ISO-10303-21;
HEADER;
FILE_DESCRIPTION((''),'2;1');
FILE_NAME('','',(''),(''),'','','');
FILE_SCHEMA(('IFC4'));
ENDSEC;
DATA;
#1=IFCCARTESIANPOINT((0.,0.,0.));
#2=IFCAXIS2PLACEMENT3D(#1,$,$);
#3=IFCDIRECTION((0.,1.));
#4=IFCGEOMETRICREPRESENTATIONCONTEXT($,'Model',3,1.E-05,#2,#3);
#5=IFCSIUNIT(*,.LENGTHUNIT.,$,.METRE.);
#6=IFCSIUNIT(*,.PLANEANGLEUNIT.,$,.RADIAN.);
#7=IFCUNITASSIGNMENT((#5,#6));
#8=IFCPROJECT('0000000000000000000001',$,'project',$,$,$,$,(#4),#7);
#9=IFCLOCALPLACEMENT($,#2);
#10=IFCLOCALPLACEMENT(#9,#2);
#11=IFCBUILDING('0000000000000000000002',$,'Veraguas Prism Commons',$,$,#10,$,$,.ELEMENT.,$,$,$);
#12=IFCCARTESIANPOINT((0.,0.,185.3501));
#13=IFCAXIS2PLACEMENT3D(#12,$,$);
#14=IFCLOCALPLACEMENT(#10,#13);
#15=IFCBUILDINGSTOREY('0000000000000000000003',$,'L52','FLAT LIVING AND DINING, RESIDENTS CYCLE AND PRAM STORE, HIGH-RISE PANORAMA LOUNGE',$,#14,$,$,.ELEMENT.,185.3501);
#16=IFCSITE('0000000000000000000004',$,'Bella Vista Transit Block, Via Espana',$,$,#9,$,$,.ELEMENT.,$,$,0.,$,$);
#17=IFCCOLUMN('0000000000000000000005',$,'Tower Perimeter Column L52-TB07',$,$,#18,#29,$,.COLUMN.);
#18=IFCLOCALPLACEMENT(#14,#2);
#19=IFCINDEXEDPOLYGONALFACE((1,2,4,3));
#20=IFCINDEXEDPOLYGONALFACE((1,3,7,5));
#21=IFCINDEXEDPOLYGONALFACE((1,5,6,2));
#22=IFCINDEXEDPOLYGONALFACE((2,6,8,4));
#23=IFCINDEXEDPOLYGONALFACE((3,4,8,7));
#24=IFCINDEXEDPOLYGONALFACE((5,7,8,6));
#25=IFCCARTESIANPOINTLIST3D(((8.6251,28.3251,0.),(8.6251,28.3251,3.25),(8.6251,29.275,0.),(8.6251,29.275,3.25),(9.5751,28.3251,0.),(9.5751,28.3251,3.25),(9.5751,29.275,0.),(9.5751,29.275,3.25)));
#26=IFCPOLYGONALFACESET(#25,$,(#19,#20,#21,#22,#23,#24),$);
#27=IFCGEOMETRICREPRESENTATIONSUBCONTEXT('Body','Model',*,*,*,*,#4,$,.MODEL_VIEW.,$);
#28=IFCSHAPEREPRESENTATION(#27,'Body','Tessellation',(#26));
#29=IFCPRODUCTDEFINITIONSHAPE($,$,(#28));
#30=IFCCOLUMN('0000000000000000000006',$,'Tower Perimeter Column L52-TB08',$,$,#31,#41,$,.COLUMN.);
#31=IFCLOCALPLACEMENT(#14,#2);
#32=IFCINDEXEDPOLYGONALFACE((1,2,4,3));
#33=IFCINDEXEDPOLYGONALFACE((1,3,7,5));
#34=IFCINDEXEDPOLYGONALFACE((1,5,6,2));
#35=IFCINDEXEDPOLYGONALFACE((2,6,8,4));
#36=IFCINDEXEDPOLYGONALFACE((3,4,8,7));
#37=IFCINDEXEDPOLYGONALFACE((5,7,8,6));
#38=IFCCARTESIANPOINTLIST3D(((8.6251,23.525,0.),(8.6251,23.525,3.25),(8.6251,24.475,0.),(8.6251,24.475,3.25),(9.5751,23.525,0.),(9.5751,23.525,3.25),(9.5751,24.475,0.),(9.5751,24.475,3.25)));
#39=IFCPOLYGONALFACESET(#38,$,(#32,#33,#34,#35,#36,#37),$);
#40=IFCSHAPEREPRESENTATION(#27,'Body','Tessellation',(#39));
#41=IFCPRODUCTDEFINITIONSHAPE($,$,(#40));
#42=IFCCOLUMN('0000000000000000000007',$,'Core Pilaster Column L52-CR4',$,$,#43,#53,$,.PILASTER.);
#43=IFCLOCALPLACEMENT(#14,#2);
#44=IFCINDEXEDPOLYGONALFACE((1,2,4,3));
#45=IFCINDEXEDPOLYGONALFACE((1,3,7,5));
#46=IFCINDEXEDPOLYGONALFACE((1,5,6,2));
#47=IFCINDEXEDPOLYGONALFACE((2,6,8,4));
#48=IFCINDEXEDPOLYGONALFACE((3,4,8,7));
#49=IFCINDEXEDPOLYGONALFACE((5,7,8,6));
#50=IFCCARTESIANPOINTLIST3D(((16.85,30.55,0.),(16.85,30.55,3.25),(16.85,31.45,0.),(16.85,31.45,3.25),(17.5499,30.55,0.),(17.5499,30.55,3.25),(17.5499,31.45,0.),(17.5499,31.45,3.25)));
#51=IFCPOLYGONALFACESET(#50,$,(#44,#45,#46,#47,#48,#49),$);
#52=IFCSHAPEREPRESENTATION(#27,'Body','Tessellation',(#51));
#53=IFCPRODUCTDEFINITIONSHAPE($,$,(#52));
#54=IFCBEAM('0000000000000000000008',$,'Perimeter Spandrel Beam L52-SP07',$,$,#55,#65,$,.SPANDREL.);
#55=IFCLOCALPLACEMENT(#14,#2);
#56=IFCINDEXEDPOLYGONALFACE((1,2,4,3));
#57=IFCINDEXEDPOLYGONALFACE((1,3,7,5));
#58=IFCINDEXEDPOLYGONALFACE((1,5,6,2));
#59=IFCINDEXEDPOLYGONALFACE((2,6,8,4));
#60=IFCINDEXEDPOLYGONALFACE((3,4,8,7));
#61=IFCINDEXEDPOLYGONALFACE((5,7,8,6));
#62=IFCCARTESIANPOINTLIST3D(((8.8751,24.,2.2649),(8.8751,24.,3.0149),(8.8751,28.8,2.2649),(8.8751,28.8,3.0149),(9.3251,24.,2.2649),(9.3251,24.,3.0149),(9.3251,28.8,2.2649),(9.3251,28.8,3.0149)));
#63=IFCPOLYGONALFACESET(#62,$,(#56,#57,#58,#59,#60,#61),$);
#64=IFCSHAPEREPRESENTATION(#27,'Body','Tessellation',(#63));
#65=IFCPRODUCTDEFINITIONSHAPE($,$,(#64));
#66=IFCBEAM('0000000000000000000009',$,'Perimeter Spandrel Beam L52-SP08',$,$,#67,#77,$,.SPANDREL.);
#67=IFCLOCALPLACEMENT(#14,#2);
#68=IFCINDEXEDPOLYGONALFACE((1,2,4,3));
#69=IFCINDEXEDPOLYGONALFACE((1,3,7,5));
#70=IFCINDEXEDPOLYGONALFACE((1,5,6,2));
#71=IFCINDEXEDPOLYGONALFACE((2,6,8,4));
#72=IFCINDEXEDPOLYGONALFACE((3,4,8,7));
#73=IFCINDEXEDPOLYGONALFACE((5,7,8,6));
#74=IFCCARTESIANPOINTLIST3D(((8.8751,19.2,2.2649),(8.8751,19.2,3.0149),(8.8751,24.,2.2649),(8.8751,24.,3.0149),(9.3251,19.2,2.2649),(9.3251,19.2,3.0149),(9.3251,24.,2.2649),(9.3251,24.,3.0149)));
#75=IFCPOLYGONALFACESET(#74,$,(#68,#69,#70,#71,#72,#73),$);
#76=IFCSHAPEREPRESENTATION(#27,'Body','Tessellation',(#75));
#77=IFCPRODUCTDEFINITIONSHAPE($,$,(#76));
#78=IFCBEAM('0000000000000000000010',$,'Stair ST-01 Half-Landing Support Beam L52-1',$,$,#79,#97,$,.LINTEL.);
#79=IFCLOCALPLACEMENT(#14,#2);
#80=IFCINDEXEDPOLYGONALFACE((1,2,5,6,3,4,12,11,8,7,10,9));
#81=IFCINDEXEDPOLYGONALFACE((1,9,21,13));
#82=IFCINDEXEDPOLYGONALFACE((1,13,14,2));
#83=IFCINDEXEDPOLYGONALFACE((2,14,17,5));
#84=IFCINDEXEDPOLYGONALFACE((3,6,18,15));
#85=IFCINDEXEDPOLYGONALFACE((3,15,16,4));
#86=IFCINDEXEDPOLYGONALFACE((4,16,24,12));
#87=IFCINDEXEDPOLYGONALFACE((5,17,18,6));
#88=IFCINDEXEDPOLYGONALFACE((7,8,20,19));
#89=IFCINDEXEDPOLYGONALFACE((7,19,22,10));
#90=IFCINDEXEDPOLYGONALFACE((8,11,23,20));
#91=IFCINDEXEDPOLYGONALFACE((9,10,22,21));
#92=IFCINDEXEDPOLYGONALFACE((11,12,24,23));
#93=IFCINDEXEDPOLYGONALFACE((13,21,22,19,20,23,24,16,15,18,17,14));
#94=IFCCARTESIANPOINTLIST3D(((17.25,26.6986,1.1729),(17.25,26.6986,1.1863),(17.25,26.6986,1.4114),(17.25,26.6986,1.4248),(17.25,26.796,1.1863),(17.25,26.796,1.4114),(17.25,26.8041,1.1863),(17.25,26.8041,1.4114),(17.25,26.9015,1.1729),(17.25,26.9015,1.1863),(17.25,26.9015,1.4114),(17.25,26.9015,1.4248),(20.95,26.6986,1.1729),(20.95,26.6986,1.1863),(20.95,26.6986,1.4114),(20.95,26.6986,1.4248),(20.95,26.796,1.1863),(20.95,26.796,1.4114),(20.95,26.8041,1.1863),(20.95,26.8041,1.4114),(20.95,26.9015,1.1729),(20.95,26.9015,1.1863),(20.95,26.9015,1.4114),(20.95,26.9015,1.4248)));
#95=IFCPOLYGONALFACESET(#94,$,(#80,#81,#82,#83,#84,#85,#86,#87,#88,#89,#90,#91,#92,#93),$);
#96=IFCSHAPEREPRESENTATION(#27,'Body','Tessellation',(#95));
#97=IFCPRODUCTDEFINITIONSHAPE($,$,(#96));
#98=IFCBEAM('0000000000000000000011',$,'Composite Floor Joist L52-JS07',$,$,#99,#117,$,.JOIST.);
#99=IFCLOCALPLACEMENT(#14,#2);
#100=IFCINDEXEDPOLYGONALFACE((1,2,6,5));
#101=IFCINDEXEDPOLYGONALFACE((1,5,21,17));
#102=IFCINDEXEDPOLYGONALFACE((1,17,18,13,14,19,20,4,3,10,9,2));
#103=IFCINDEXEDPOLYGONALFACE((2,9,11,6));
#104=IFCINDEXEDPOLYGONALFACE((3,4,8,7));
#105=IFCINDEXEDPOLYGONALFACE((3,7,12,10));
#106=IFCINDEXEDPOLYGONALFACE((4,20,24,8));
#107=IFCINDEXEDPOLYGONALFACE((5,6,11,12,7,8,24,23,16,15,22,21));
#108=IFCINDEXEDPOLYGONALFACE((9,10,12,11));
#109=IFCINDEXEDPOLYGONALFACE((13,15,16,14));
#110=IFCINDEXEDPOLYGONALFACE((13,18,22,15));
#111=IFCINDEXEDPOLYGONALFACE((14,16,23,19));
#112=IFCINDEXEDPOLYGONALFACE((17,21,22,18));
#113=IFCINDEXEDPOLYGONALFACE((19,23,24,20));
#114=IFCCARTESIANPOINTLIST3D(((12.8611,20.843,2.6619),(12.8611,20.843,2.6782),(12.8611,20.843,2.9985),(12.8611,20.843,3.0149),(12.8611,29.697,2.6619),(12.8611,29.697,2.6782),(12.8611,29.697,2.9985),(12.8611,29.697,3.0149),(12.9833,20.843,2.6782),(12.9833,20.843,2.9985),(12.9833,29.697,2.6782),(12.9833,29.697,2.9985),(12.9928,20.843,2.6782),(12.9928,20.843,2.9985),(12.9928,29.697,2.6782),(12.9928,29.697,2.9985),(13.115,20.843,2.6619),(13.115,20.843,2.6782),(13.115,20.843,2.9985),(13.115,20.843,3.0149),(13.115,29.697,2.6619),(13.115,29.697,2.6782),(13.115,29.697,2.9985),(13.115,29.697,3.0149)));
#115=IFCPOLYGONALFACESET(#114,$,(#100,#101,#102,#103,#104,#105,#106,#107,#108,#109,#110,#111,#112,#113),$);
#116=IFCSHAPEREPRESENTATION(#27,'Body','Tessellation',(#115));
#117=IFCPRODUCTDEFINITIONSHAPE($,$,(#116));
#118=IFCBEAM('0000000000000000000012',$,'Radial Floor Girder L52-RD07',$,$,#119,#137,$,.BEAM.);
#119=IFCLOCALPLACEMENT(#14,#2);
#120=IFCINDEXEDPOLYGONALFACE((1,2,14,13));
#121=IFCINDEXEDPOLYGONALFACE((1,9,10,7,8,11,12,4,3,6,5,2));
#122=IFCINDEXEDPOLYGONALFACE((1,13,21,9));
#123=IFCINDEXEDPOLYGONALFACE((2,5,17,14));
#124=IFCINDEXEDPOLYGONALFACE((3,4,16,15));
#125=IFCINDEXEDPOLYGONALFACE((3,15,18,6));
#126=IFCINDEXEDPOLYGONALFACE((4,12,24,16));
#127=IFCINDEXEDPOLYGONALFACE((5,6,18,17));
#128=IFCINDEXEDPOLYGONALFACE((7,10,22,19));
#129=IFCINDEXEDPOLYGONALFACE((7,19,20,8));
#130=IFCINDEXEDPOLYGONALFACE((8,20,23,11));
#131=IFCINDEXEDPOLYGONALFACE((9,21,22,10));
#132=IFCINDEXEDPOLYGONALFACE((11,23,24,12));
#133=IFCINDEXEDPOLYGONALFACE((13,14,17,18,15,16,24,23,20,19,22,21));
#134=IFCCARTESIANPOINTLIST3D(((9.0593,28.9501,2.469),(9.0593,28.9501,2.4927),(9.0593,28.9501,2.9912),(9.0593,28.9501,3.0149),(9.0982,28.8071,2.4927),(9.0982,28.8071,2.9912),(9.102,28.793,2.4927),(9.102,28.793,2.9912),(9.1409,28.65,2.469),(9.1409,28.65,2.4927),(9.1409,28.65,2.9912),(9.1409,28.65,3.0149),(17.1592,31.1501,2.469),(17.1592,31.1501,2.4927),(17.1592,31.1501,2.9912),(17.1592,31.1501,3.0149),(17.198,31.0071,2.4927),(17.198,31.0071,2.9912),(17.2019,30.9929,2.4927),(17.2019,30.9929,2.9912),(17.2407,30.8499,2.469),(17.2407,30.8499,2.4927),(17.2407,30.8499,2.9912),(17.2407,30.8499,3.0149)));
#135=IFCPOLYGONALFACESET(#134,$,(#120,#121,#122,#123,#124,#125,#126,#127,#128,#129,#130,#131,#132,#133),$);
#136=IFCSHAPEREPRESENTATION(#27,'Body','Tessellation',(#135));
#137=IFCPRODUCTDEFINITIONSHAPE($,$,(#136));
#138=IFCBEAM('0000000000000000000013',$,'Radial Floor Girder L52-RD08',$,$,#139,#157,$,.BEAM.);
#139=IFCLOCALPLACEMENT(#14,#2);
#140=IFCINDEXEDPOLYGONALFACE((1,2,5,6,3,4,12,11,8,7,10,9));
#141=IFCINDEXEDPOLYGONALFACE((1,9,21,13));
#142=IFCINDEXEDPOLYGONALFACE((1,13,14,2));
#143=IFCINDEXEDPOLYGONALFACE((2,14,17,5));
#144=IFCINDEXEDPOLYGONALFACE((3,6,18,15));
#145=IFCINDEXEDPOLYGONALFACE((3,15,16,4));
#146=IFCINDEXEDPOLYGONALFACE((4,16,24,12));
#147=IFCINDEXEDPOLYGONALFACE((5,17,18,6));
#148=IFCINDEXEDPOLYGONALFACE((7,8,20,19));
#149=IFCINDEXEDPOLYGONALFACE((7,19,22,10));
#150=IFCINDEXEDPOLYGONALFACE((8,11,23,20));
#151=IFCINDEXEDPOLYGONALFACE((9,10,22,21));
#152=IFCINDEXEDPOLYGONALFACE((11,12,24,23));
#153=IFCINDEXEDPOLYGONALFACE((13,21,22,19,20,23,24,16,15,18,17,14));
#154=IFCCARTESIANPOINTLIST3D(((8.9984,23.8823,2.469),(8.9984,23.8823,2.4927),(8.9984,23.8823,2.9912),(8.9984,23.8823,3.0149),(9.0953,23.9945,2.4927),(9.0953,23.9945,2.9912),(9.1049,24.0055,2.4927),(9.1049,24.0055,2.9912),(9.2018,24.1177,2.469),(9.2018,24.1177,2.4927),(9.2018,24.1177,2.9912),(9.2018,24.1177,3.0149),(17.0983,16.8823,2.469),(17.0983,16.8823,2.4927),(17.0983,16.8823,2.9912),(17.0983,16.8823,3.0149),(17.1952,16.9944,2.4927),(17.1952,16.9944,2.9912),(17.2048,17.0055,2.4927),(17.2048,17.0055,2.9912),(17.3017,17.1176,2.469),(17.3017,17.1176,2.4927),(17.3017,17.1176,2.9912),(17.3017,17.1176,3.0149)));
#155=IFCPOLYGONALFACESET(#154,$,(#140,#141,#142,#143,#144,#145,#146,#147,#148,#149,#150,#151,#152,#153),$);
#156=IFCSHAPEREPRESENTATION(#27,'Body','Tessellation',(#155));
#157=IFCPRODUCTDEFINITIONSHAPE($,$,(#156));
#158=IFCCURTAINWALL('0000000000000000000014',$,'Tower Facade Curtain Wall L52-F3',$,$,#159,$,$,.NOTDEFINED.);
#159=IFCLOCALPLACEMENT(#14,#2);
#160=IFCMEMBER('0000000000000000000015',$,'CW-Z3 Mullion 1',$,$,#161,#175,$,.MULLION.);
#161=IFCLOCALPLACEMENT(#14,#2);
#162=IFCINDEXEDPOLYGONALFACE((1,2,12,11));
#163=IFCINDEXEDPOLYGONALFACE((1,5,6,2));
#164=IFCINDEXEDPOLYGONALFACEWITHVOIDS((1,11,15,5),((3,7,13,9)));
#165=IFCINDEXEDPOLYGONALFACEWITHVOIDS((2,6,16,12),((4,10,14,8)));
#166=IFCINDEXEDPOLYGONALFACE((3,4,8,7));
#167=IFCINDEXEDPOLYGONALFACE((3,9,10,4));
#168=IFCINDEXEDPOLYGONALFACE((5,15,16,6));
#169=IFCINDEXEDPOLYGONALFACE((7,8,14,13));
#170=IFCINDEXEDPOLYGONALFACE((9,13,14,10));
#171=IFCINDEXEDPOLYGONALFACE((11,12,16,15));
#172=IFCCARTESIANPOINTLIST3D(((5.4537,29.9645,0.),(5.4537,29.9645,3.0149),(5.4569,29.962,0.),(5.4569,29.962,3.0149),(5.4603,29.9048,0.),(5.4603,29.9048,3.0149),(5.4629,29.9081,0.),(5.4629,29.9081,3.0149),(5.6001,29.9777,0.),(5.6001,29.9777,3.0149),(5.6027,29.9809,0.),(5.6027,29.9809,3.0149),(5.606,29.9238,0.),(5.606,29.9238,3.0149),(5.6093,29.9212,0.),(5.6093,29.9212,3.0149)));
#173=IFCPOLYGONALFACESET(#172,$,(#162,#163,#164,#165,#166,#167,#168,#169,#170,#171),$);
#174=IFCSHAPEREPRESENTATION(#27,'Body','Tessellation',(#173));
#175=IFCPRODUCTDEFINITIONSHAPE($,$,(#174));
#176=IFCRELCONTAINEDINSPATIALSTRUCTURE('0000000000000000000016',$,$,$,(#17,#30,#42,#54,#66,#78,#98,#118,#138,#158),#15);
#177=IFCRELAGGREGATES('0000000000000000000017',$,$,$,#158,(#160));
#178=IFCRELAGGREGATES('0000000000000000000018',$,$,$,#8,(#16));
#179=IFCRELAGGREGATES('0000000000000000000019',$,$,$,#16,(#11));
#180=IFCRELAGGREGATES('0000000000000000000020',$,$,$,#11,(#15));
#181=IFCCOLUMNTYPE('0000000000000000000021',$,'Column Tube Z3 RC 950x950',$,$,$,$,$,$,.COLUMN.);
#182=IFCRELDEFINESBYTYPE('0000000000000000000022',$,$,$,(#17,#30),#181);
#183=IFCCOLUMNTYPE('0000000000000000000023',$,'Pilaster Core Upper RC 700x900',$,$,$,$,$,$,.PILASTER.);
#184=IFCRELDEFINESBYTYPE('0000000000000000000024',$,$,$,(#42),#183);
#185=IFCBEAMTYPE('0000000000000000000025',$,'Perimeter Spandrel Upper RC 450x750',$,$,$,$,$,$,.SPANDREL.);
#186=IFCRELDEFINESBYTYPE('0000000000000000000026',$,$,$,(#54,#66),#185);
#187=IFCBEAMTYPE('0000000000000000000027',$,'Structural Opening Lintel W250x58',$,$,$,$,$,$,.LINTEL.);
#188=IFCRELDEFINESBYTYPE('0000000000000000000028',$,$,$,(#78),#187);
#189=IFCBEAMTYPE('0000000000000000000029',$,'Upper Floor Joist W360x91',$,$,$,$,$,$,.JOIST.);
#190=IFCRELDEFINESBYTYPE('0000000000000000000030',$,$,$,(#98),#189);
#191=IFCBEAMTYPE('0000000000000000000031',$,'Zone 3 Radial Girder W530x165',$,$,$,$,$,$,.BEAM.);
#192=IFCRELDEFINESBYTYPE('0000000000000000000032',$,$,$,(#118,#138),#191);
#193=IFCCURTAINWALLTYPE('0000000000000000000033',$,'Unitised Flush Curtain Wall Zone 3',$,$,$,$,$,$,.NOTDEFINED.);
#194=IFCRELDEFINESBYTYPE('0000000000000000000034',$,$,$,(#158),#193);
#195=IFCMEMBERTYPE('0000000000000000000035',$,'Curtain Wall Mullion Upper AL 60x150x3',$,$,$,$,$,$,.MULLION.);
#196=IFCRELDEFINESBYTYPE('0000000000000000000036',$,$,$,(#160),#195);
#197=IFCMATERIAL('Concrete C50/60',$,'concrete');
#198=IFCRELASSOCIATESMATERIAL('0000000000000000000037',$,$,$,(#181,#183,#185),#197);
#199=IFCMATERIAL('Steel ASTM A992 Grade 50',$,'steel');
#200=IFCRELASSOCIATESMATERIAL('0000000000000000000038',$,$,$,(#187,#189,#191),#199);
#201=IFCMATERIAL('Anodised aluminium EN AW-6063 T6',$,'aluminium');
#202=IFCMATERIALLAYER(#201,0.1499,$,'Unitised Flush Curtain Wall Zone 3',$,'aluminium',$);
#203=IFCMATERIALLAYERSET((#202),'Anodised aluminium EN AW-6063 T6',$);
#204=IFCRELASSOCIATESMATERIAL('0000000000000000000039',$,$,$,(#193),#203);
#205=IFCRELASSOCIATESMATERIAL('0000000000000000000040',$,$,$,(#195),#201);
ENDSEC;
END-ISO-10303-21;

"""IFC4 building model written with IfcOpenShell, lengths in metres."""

from ifc_helpers import new_model, si_unit, direction, frame, origin, origin_2d, place, context, subcontext, project, spatial, rectangle, hollow_rectangle, i_section, extrude, source, transform, mapped, material, layer, layer_set, material_profile, profile_set, type_object, element, aggregate, save


model = new_model("IFC4")

# Units and contexts
model_context = context("Model", 3, precision=1e-05, world=origin(), true_north=direction((0.0, 1.0)))
body_context = subcontext(model_context, "Body", "Model", "MODEL_VIEW")
ifc_project = project(units=[si_unit("LENGTHUNIT", "METRE"), si_unit("PLANEANGLEUNIT", "RADIAN")], contexts=[model_context])

# Site, building, storey
site_placement = place(None, origin())
site = spatial("IfcSite", under=ifc_project, at=site_placement, Name="Bella Vista Transit Block, Via Espana", CompositionType="ELEMENT", RefElevation=0.0)
building_placement = place(site_placement, origin())
building = spatial("IfcBuilding", under=site, at=building_placement, Name="Veraguas Prism Commons", CompositionType="ELEMENT")
storey_placement = place(building_placement, frame((0.0, 0.0, 185.3501)))
storey = spatial("IfcBuildingStorey", under=building, at=storey_placement, Name="L52", Description="FLAT LIVING AND DINING, RESIDENTS CYCLE AND PRAM STORE, HIGH-RISE PANORAMA LOUNGE", CompositionType="ELEMENT", Elevation=185.3501)

# Columns
ifc_material_1 = material(Name="Concrete C50/60", Category="concrete")
ifc_material_profile_1 = material_profile(ifc_material_1, rectangle(XDim=0.95, YDim=0.95, at=origin_2d()), Name="RC950X950")
ifc_profile_set_1 = profile_set([ifc_material_profile_1], Name="Concrete C50/60")
column_type_1 = type_object("IfcColumnType", Name="Column Tube Z3 RC 950x950", PredefinedType="COLUMN", material=ifc_profile_set_1)
for number, where, z_axis, x_axis, name in (
    (1, (9.1001, 28.8, 0.0), (0.0, 0.0, 1.0), (1.0, 0.0, 0.0), "Tower Perimeter Column L52-TB07"),
    (2, (9.1001, 24.0, 0.0), (0.0, 0.0, 1.0), (1.0, 0.0, 0.0), "Tower Perimeter Column L52-TB08"),
):
    element("IfcColumn", number, at=place(storey_placement, frame(where, z_axis=z_axis, x_axis=x_axis)), inside=storey, type_object=column_type_1, Name=name, PredefinedType="COLUMN", context=body_context, shape_type="SweptSolid", body=[
        extrude(rectangle(XDim=0.95, YDim=0.95, at=origin_2d()), origin(), (0.0, 0.0, 1.0), 3.25),
    ])
ifc_material_profile_2 = material_profile(ifc_material_1, rectangle(XDim=0.7, YDim=0.8999, at=origin_2d()), Name="RC700X900")
ifc_profile_set_2 = profile_set([ifc_material_profile_2], Name="Concrete C50/60")
column_type_2 = type_object("IfcColumnType", Name="Pilaster Core Upper RC 700x900", PredefinedType="PILASTER", material=ifc_profile_set_2)
column_placement = place(storey_placement, frame((17.2, 31.0, 0.0), z_axis=(0.0, 0.0, 1.0), x_axis=(1.0, 0.0, 0.0)))
element("IfcColumn", 3, at=column_placement, inside=storey, type_object=column_type_2, Name="Core Pilaster Column L52-CR4", PredefinedType="PILASTER", context=body_context, shape_type="SweptSolid", body=[
    extrude(rectangle(XDim=0.7, YDim=0.8999, at=origin_2d()), origin(), (0.0, 0.0, 1.0), 3.25),
])

# Beams
ifc_material_profile_3 = material_profile(ifc_material_1, rectangle(XDim=0.45, YDim=0.75, at=origin_2d()), Name="RC450X750")
ifc_profile_set_3 = profile_set([ifc_material_profile_3], Name="Concrete C50/60")
beam_type_1 = type_object("IfcBeamType", Name="Perimeter Spandrel Upper RC 450x750", PredefinedType="SPANDREL", material=ifc_profile_set_3)
for number, where, z_axis, x_axis, name in (
    (4, (9.1001, 28.8, 2.6399), (0.0, -1.0, 0.0), (1.0, 0.0, 0.0), "Perimeter Spandrel Beam L52-SP07"),
    (5, (9.1001, 24.0, 2.6399), (0.0, -1.0, 0.0), (1.0, 0.0, 0.0), "Perimeter Spandrel Beam L52-SP08"),
):
    element("IfcBeam", number, at=place(storey_placement, frame(where, z_axis=z_axis, x_axis=x_axis)), inside=storey, type_object=beam_type_1, Name=name, PredefinedType="SPANDREL", context=body_context, shape_type="SweptSolid", body=[
        extrude(rectangle(XDim=0.45, YDim=0.75, at=origin_2d()), origin(), (0.0, 0.0, 1.0), 4.8),
    ])
ifc_material_2 = material(Name="Steel ASTM A992 Grade 50", Category="steel")
ifc_material_profile_4 = material_profile(ifc_material_2, i_section(OverallWidth=0.2029, OverallDepth=0.252, WebThickness=0.0081, FlangeThickness=0.0134, at=origin_2d()), Name="W250X58")
ifc_profile_set_4 = profile_set([ifc_material_profile_4], Name="Steel ASTM A992 Grade 50")
beam_type_2 = type_object("IfcBeamType", Name="Structural Opening Lintel W250x58", PredefinedType="LINTEL", material=ifc_profile_set_4)
beam_1_placement = place(storey_placement, frame((17.25, 26.8, 1.2988), z_axis=(1.0, 0.0, 0.0), x_axis=(0.0, 1.0, 0.0)))
element("IfcBeam", 6, at=beam_1_placement, inside=storey, type_object=beam_type_2, Name="Stair ST-01 Half-Landing Support Beam L52-1", PredefinedType="LINTEL", context=body_context, shape_type="SweptSolid", body=[
    extrude(i_section(OverallWidth=0.2029, OverallDepth=0.252, WebThickness=0.0081, FlangeThickness=0.0134, at=origin_2d()), origin(), (0.0, 0.0, 1.0), 3.7),
])
ifc_material_profile_5 = material_profile(ifc_material_2, i_section(OverallWidth=0.2539, OverallDepth=0.353, WebThickness=0.0095, FlangeThickness=0.0164, at=origin_2d()), Name="W360X91")
ifc_profile_set_5 = profile_set([ifc_material_profile_5], Name="Steel ASTM A992 Grade 50")
beam_type_3 = type_object("IfcBeamType", Name="Upper Floor Joist W360x91", PredefinedType="JOIST", material=ifc_profile_set_5)
beam_2_placement = place(storey_placement, frame((12.988, 29.697, 2.8384), z_axis=(0.0, -1.0, 0.0), x_axis=(1.0, 0.0, 0.0)))
element("IfcBeam", 7, at=beam_2_placement, inside=storey, type_object=beam_type_3, Name="Composite Floor Joist L52-JS07", PredefinedType="JOIST", context=body_context, shape_type="SweptSolid", body=[
    extrude(i_section(OverallWidth=0.2539, OverallDepth=0.353, WebThickness=0.0095, FlangeThickness=0.0164, at=origin_2d()), origin(), (0.0, 0.0, 1.0), 8.854),
])
ifc_material_profile_6 = material_profile(ifc_material_2, i_section(OverallWidth=0.311, OverallDepth=0.5459, WebThickness=0.0146, FlangeThickness=0.0237, at=origin_2d()), Name="W530X165")
ifc_profile_set_6 = profile_set([ifc_material_profile_6], Name="Steel ASTM A992 Grade 50")
beam_type_4 = type_object("IfcBeamType", Name="Zone 3 Radial Girder W530x165", PredefinedType="BEAM", material=ifc_profile_set_6)
beam_3_placement = place(storey_placement, frame((9.1001, 28.8, 2.7419), z_axis=(0.965039, 0.262108, 0.0), x_axis=(-0.262108, 0.965039, 0.0)))
element("IfcBeam", 8, at=beam_3_placement, inside=storey, type_object=beam_type_4, Name="Radial Floor Girder L52-RD07", PredefinedType="BEAM", context=body_context, shape_type="SweptSolid", body=[
    extrude(i_section(OverallWidth=0.311, OverallDepth=0.5459, WebThickness=0.0146, FlangeThickness=0.0237, at=origin_2d()), origin(), (0.0, 0.0, 1.0), 8.3933),
])
beam_4_placement = place(storey_placement, frame((9.1001, 24.0, 2.7419), z_axis=(0.756607, -0.65387, 0.0), x_axis=(0.65387, 0.756607, 0.0)))
element("IfcBeam", 9, at=beam_4_placement, inside=storey, type_object=beam_type_4, Name="Radial Floor Girder L52-RD08", PredefinedType="BEAM", context=body_context, shape_type="SweptSolid", body=[
    extrude(i_section(OverallWidth=0.311, OverallDepth=0.5459, WebThickness=0.0146, FlangeThickness=0.0237, at=origin_2d()), origin(), (0.0, 0.0, 1.0), 10.7056),
])

# Curtain wall, member
ifc_material_3 = material(Name="Anodised aluminium EN AW-6063 T6", Category="aluminium")
ifc_layer_1 = layer(ifc_material_3, 0.1499, Name="Unitised Flush Curtain Wall Zone 3", Category="aluminium")
ifc_layer_set_1 = layer_set([ifc_layer_1], Name="Anodised aluminium EN AW-6063 T6")
curtain_wall_type = type_object("IfcCurtainWallType", Name="Unitised Flush Curtain Wall Zone 3", PredefinedType="NOTDEFINED", material=ifc_layer_set_1)
curtain_wall_1_placement = place(storey_placement, origin())
curtain_wall_1 = element("IfcCurtainWall", 10, at=curtain_wall_1_placement, inside=storey, type_object=curtain_wall_type, Name="Tower Facade Curtain Wall L52-F3", PredefinedType="NOTDEFINED")
ifc_material_profile_7 = material_profile(ifc_material_3, hollow_rectangle(XDim=0.0601, YDim=0.1499, WallThickness=0.0029, at=origin_2d()), Name="AL60X150X3")
ifc_profile_set_7 = profile_set([ifc_material_profile_7], Name="Anodised aluminium EN AW-6063 T6")
member_type_1 = type_object("IfcMemberType", Name="Curtain Wall Mullion Upper AL 60x150x3", PredefinedType="MULLION", material=ifc_profile_set_7)
shared_shape_1 = source(origin(), body_context, "Body", "SweptSolid", [
    extrude(hollow_rectangle(XDim=0.0601, YDim=0.1499, WallThickness=0.0029, at=origin_2d()), origin(), (0.0, 0.0, 1.0), 3.0149),
])
member_1_placement = place(storey_placement, frame((5.5315, 29.9429, 0.0), z_axis=(0.0, 0.0, 1.0), x_axis=(0.109046, -0.994037, 0.0)))
member_1 = element("IfcMember", 11, at=member_1_placement, type_object=member_type_1, Name="CW-Z3 Mullion 1", PredefinedType="MULLION", context=body_context, shape_type="MappedRepresentation", body=[
    mapped(shared_shape_1, transform((0.0, 0.0, 0.0), scale=1.0)),
])

aggregate(curtain_wall_1, [member_1])

save(model, "model.ifc")
